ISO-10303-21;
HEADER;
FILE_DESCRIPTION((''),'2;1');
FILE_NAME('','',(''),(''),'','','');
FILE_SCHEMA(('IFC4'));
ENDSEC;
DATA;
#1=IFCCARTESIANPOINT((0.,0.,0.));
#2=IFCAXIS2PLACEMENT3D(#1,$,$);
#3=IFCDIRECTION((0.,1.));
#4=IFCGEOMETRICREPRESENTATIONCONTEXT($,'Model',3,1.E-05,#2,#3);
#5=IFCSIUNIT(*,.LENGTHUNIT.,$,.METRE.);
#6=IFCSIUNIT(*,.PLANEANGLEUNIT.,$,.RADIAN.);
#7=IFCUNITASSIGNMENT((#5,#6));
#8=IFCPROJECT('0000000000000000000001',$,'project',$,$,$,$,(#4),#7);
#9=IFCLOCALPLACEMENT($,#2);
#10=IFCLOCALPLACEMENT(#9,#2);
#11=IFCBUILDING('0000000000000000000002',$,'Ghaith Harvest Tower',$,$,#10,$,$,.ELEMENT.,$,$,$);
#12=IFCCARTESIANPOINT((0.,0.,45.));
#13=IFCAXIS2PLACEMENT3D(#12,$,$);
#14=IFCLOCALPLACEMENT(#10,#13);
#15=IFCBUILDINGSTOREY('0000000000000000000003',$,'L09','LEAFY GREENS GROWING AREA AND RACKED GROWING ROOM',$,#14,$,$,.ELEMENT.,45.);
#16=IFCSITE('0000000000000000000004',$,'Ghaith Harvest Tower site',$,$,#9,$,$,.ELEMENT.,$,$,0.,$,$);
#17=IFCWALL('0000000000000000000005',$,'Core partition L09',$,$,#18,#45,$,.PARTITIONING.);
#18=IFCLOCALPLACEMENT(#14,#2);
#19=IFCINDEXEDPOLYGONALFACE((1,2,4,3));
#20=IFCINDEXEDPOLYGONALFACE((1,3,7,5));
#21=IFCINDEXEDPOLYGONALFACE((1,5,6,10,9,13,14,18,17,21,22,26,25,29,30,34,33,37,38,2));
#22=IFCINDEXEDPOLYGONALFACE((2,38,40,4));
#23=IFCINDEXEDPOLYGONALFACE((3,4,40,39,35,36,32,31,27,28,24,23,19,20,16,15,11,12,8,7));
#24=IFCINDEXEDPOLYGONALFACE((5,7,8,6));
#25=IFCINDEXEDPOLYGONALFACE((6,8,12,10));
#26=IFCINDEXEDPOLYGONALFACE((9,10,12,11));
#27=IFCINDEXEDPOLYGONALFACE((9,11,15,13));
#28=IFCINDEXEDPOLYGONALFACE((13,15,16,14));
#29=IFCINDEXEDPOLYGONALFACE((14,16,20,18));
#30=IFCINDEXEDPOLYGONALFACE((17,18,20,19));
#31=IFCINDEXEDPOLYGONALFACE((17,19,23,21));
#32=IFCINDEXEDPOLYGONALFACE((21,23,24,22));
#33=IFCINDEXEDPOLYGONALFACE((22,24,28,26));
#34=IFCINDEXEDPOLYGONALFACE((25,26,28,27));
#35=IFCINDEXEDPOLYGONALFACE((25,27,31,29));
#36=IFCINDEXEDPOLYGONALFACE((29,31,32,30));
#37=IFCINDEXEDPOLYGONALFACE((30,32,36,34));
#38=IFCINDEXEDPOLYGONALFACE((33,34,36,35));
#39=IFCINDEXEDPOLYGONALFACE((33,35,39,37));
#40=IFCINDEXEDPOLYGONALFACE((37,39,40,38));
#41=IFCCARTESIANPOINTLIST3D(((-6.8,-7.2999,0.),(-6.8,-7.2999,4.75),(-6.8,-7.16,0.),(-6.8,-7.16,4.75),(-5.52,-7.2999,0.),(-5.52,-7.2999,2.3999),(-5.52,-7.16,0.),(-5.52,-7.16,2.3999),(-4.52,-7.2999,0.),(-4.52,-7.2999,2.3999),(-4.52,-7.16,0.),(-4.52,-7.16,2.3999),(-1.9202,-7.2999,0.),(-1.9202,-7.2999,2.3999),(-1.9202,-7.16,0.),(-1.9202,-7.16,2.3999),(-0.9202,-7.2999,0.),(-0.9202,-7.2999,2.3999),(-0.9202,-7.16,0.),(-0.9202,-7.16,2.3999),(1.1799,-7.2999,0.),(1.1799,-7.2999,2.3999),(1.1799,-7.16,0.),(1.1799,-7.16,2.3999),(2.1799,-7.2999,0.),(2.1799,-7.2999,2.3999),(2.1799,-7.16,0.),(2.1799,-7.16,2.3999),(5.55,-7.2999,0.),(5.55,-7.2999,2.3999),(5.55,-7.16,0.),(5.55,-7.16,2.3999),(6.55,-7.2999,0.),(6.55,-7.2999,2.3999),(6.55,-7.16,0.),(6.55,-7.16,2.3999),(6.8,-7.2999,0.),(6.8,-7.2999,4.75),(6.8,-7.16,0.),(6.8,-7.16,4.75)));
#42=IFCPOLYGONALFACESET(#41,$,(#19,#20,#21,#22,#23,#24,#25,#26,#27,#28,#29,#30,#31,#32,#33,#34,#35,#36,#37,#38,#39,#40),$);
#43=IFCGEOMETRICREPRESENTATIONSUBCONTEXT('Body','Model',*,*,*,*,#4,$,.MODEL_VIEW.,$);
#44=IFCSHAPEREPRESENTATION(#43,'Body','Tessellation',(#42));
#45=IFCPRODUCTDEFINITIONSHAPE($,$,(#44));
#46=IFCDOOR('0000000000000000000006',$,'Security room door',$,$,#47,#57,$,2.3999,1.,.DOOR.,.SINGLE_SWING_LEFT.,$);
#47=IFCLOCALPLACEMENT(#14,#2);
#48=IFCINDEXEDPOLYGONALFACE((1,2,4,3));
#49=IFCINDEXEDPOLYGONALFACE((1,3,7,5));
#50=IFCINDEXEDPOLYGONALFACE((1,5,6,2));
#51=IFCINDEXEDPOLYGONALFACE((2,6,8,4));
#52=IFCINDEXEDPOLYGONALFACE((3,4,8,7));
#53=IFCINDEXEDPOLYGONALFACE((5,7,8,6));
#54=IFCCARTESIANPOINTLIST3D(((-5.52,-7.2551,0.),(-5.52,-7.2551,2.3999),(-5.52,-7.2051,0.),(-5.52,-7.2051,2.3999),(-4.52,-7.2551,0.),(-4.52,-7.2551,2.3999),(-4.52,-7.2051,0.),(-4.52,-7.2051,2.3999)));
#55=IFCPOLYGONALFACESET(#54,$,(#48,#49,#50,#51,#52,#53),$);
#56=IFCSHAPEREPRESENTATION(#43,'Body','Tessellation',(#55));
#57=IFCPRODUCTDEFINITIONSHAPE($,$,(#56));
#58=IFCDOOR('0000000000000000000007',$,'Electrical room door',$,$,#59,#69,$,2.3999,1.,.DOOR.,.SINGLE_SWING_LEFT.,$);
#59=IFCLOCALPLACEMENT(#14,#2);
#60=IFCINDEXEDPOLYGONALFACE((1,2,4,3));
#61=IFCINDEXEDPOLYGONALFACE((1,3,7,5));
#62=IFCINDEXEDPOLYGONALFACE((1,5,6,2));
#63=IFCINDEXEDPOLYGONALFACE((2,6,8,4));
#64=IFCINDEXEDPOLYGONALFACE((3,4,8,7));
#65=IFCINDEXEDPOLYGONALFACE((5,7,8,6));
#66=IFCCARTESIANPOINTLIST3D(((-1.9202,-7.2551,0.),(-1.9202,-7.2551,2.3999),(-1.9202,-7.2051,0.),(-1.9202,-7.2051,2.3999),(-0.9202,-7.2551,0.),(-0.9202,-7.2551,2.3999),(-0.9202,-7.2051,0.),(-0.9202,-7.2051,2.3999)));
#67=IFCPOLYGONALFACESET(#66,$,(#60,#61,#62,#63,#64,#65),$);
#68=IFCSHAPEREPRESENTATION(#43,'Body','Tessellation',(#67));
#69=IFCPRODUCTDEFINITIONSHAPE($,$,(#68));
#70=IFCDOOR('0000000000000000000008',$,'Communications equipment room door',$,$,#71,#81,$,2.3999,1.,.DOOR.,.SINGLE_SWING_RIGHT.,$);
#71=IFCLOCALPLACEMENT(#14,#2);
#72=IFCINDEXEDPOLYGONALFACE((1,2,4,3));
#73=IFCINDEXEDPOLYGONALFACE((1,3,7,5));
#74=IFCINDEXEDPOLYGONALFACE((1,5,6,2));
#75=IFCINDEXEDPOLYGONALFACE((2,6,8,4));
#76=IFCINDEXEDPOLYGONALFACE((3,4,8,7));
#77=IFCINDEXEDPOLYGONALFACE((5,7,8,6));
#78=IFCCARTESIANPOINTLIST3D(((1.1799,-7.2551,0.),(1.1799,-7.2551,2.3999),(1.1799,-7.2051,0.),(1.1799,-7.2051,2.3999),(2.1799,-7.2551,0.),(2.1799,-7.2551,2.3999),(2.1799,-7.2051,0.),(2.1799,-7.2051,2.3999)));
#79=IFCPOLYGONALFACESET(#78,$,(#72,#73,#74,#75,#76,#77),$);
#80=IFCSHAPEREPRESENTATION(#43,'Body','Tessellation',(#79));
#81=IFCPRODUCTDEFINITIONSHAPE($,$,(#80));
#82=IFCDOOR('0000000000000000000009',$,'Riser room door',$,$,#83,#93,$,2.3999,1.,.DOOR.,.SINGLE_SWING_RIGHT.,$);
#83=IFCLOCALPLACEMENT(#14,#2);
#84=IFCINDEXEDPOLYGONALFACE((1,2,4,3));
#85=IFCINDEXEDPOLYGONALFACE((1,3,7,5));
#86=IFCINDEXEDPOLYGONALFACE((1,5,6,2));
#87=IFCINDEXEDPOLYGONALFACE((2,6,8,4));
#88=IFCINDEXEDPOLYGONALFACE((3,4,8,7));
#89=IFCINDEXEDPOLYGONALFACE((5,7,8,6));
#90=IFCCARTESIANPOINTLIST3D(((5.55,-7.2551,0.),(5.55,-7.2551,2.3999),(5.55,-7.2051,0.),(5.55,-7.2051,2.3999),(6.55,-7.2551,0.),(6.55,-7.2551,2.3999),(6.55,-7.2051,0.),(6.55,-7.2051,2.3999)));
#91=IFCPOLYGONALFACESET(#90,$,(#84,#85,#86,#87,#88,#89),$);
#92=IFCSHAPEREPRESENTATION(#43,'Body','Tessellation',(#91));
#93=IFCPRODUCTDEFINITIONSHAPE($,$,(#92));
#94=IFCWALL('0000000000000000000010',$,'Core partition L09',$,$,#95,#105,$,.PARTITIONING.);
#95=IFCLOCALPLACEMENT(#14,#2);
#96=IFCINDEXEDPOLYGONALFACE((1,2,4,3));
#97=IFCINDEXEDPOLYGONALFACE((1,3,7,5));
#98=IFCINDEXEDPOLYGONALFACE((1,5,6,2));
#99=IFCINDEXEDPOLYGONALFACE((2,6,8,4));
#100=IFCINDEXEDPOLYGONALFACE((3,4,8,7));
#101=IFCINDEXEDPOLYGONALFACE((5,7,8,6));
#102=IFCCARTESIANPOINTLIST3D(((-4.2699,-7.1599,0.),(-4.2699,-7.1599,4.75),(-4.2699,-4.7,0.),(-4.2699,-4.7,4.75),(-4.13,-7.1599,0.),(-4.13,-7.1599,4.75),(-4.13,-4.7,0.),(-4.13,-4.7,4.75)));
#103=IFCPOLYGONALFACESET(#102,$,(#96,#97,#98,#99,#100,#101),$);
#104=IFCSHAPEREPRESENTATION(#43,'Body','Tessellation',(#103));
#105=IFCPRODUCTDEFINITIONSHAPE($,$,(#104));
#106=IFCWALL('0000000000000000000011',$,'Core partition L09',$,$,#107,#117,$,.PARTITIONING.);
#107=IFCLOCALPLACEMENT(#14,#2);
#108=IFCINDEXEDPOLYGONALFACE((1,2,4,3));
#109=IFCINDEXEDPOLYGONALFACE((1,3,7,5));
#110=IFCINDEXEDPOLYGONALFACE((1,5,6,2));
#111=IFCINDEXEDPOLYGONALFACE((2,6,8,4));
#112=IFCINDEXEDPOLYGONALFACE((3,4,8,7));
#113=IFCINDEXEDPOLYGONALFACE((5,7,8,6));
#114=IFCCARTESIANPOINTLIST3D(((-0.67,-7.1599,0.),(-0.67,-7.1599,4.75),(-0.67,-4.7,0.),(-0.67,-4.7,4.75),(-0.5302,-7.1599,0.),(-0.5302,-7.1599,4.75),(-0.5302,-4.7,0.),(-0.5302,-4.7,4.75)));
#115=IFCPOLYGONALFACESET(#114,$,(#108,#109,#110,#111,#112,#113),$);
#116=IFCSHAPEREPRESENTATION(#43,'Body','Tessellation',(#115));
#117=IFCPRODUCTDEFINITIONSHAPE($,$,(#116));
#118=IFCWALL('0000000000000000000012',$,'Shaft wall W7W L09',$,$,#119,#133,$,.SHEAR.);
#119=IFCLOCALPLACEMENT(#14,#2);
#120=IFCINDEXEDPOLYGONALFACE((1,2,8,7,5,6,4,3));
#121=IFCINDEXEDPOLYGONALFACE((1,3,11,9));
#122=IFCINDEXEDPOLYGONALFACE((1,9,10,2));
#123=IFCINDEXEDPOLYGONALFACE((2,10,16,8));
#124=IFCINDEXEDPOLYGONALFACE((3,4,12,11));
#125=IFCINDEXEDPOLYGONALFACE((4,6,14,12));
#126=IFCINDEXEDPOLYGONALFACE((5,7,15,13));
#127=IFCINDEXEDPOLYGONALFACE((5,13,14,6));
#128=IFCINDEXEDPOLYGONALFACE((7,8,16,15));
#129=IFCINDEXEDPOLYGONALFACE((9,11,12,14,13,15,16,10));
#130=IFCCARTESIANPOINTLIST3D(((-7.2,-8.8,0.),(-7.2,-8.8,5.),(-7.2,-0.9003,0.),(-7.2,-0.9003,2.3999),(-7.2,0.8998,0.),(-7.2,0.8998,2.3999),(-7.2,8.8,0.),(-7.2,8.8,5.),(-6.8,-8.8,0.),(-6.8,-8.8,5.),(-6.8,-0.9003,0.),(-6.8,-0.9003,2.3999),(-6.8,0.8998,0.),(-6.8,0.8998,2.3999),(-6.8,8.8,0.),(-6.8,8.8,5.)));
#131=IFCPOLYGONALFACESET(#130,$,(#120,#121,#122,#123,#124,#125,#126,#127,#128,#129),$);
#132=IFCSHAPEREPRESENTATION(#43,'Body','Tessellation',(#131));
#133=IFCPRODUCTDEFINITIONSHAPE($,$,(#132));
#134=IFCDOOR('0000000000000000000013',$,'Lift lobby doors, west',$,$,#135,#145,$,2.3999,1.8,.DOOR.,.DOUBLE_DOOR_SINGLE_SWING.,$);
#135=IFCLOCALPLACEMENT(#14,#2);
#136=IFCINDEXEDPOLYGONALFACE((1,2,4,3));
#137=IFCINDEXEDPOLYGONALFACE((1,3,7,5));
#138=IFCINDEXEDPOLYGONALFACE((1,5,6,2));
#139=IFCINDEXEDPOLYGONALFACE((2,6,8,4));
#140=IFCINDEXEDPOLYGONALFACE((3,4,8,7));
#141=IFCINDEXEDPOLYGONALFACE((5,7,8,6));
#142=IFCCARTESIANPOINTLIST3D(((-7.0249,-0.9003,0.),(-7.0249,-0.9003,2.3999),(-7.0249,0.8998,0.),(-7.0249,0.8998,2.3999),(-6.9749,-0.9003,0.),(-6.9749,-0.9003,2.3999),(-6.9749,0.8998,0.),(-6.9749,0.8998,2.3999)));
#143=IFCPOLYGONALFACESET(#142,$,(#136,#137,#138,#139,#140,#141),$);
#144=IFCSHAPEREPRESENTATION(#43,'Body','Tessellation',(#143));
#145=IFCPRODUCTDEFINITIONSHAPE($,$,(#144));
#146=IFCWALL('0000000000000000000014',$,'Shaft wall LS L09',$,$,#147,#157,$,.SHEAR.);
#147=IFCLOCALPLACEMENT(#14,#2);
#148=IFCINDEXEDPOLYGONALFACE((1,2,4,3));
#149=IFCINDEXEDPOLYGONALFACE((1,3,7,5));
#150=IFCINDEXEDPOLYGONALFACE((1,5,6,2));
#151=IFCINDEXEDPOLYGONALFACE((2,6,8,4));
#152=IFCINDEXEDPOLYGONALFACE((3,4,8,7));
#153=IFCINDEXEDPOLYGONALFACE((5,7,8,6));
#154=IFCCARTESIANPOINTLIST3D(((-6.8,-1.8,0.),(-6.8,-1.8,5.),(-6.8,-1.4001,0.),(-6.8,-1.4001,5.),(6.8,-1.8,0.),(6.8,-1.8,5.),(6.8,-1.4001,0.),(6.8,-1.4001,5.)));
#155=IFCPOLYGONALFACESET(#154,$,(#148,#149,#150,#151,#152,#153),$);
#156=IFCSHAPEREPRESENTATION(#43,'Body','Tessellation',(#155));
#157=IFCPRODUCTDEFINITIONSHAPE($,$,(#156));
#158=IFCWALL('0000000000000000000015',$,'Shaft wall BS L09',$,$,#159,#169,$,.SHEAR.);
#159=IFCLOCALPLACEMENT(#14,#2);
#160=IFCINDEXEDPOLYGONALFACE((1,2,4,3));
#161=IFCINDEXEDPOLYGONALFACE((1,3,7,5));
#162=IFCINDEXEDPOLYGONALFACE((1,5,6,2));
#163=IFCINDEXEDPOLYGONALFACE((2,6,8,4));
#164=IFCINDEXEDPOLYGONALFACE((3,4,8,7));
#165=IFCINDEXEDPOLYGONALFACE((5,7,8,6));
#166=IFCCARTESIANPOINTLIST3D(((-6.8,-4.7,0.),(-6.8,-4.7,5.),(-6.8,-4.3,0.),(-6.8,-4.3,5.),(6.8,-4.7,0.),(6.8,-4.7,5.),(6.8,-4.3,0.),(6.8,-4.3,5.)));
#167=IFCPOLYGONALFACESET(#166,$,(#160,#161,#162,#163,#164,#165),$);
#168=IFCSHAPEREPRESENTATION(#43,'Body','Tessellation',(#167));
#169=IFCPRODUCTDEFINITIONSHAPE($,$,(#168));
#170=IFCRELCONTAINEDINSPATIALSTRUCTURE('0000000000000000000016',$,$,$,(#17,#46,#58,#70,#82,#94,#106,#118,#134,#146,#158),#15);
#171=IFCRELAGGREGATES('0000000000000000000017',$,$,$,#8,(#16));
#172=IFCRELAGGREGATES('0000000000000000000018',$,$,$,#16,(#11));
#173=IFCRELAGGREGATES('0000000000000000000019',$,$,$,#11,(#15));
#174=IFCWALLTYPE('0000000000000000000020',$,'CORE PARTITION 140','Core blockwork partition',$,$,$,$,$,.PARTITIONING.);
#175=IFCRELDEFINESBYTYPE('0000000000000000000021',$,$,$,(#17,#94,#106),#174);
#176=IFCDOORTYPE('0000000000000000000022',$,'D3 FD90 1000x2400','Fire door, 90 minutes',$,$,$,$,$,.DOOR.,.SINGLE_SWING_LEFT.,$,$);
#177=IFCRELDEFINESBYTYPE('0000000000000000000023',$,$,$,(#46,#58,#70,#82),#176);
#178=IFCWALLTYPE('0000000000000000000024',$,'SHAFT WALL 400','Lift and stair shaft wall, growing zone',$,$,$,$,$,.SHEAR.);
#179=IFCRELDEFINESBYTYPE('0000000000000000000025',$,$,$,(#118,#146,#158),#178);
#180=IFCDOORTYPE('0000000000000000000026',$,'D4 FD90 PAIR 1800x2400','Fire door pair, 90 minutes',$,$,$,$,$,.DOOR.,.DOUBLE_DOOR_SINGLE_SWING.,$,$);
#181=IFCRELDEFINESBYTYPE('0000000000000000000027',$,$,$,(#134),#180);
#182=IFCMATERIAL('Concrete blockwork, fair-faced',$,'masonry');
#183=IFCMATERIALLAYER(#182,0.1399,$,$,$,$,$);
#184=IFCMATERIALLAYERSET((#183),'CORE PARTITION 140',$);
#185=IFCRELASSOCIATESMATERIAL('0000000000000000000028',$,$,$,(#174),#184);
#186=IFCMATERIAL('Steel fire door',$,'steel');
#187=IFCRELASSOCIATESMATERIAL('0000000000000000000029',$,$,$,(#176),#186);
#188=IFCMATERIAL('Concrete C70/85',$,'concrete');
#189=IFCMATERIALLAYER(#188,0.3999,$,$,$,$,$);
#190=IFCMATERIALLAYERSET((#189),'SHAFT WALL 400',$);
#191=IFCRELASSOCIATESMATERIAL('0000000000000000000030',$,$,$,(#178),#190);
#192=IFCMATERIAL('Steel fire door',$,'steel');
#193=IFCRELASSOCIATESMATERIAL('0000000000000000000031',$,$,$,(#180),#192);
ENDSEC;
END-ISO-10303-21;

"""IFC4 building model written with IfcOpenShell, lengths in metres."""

from ifc_helpers import new_model, si_unit, direction, frame, frame_2d, origin, place, context, subcontext, project, spatial, rectangle, extrude, material, layer, layer_set, type_object, element, fill, save


model = new_model("IFC4")

# Units and contexts
model_context = context("Model", 3, precision=1e-05, world=origin(), true_north=direction((0.0, 1.0)))
body_context = subcontext(model_context, "Body", "Model", "MODEL_VIEW")
ifc_project = project(units=[si_unit("LENGTHUNIT", "METRE"), si_unit("PLANEANGLEUNIT", "RADIAN")], contexts=[model_context])

# Site, building, storey
site_placement = place(None, origin())
site = spatial("IfcSite", under=ifc_project, at=site_placement, Name="Ghaith Harvest Tower site", CompositionType="ELEMENT", RefElevation=0.0)
building_placement = place(site_placement, origin())
building = spatial("IfcBuilding", under=site, at=building_placement, Name="Ghaith Harvest Tower", CompositionType="ELEMENT")
storey_placement = place(building_placement, frame((0.0, 0.0, 45.0)))
storey = spatial("IfcBuildingStorey", under=building, at=storey_placement, Name="L09", Description="LEAFY GREENS GROWING AREA AND RACKED GROWING ROOM", CompositionType="ELEMENT", Elevation=45.0)

# Wall, openings, doors
ifc_material_1 = material(Name="Concrete blockwork, fair-faced", Category="masonry")
ifc_layer_1 = layer(ifc_material_1, 0.1399)
ifc_layer_set_1 = layer_set([ifc_layer_1], Name="CORE PARTITION 140")
wall_type_1 = type_object("IfcWallType", Name="CORE PARTITION 140", Description="Core blockwork partition", PredefinedType="PARTITIONING", material=ifc_layer_set_1)
wall_1_placement = place(storey_placement, frame((-6.8, -7.23, 0.0), z_axis=(0.0, 0.0, 1.0), x_axis=(1.0, 0.0, 0.0)))
wall_1 = element("IfcWall", 1, at=wall_1_placement, inside=storey, type_object=wall_type_1, Name="Core partition L09", PredefinedType="PARTITIONING", context=body_context, shape_type="SweptSolid", body=[
    extrude(rectangle(XDim=13.6001, YDim=0.1399, at=frame_2d((6.8, 0.0))), origin(), (0.0, 0.0, 1.0), 4.75),
])
opening_1_placement = place(wall_1_placement, frame((1.28, 0.0, 0.0)))
opening_1 = element("IfcOpeningElement", 2, at=opening_1_placement, cuts=wall_1, PredefinedType="OPENING", context=body_context, shape_type="SweptSolid", body=[
    extrude(rectangle(XDim=1.0, YDim=2.3999, at=frame_2d((0.5, 1.2))), frame((0.0, 0.0801, 0.0), z_axis=(0.0, -1.0, 0.0), x_axis=(1.0, 0.0, 0.0)), (0.0, 0.0, 1.0), 0.1599),
])
opening_2_placement = place(wall_1_placement, frame((4.8799, 0.0, 0.0)))
opening_2 = element("IfcOpeningElement", 3, at=opening_2_placement, cuts=wall_1, PredefinedType="OPENING", context=body_context, shape_type="SweptSolid", body=[
    extrude(rectangle(XDim=1.0, YDim=2.3999, at=frame_2d((0.5, 1.2))), frame((0.0, 0.0801, 0.0), z_axis=(0.0, -1.0, 0.0), x_axis=(1.0, 0.0, 0.0)), (0.0, 0.0, 1.0), 0.1599),
])
opening_3_placement = place(wall_1_placement, frame((7.98, 0.0, 0.0)))
opening_3 = element("IfcOpeningElement", 4, at=opening_3_placement, cuts=wall_1, PredefinedType="OPENING", context=body_context, shape_type="SweptSolid", body=[
    extrude(rectangle(XDim=1.0, YDim=2.3999, at=frame_2d((0.5, 1.2))), frame((0.0, 0.0801, 0.0), z_axis=(0.0, -1.0, 0.0), x_axis=(1.0, 0.0, 0.0)), (0.0, 0.0, 1.0), 0.1599),
])
opening_4_placement = place(wall_1_placement, frame((12.3501, 0.0, 0.0)))
opening_4 = element("IfcOpeningElement", 5, at=opening_4_placement, cuts=wall_1, PredefinedType="OPENING", context=body_context, shape_type="SweptSolid", body=[
    extrude(rectangle(XDim=1.0, YDim=2.3999, at=frame_2d((0.5, 1.2))), frame((0.0, 0.0801, 0.0), z_axis=(0.0, -1.0, 0.0), x_axis=(1.0, 0.0, 0.0)), (0.0, 0.0, 1.0), 0.1599),
])
ifc_material_2 = material(Name="Steel fire door", Category="steel")
door_type_1 = type_object("IfcDoorType", Name="D3 FD90 1000x2400", Description="Fire door, 90 minutes", OperationType="SINGLE_SWING_LEFT", PredefinedType="DOOR", material=ifc_material_2)
door_1_placement = place(opening_1_placement, origin())
door_1 = element("IfcDoor", 6, at=door_1_placement, inside=storey, type_object=door_type_1, Name="Security room door", OperationType="SINGLE_SWING_LEFT", OverallHeight=2.3999, OverallWidth=1.0, PredefinedType="DOOR", context=body_context, shape_type="SweptSolid", body=[
    extrude(rectangle(XDim=1.0, YDim=2.3999, at=frame_2d((0.5, 1.2))), frame((0.0, 0.0249, 0.0), z_axis=(0.0, -1.0, 0.0), x_axis=(1.0, 0.0, 0.0)), (0.0, 0.0, 1.0), 0.05),
])
fill(opening_1, door_1)
door_2_placement = place(opening_2_placement, origin())
door_2 = element("IfcDoor", 7, at=door_2_placement, inside=storey, type_object=door_type_1, Name="Electrical room door", OperationType="SINGLE_SWING_LEFT", OverallHeight=2.3999, OverallWidth=1.0, PredefinedType="DOOR", context=body_context, shape_type="SweptSolid", body=[
    extrude(rectangle(XDim=1.0, YDim=2.3999, at=frame_2d((0.5, 1.2))), frame((0.0, 0.0249, 0.0), z_axis=(0.0, -1.0, 0.0), x_axis=(1.0, 0.0, 0.0)), (0.0, 0.0, 1.0), 0.05),
])
fill(opening_2, door_2)
door_3_placement = place(opening_3_placement, origin())
door_3 = element("IfcDoor", 8, at=door_3_placement, inside=storey, type_object=door_type_1, Name="Communications equipment room door", OperationType="SINGLE_SWING_RIGHT", OverallHeight=2.3999, OverallWidth=1.0, PredefinedType="DOOR", context=body_context, shape_type="SweptSolid", body=[
    extrude(rectangle(XDim=1.0, YDim=2.3999, at=frame_2d((0.5, 1.2))), frame((0.0, 0.0249, 0.0), z_axis=(0.0, -1.0, 0.0), x_axis=(1.0, 0.0, 0.0)), (0.0, 0.0, 1.0), 0.05),
])
fill(opening_3, door_3)
door_4_placement = place(opening_4_placement, origin())
door_4 = element("IfcDoor", 9, at=door_4_placement, inside=storey, type_object=door_type_1, Name="Riser room door", OperationType="SINGLE_SWING_RIGHT", OverallHeight=2.3999, OverallWidth=1.0, PredefinedType="DOOR", context=body_context, shape_type="SweptSolid", body=[
    extrude(rectangle(XDim=1.0, YDim=2.3999, at=frame_2d((0.5, 1.2))), frame((0.0, 0.0249, 0.0), z_axis=(0.0, -1.0, 0.0), x_axis=(1.0, 0.0, 0.0)), (0.0, 0.0, 1.0), 0.05),
])
fill(opening_4, door_4)

# Walls
for number, where, z_axis, x_axis, name in (
    (10, (-4.2, -4.7, 0.0), (0.0, 0.0, 1.0), (0.0, -1.0, 0.0), "Core partition L09"),
    (11, (-0.6001, -4.7, 0.0), (0.0, 0.0, 1.0), (0.0, -1.0, 0.0), "Core partition L09"),
):
    element("IfcWall", number, at=place(storey_placement, frame(where, z_axis=z_axis, x_axis=x_axis)), inside=storey, type_object=wall_type_1, Name=name, PredefinedType="PARTITIONING", context=body_context, shape_type="SweptSolid", body=[
        extrude(rectangle(XDim=2.46, YDim=0.1399, at=frame_2d((1.23, 0.0))), origin(), (0.0, 0.0, 1.0), 4.75),
    ])

# Wall, opening, door
ifc_material_3 = material(Name="Concrete C70/85", Category="concrete")
ifc_layer_2 = layer(ifc_material_3, 0.3999)
ifc_layer_set_2 = layer_set([ifc_layer_2], Name="SHAFT WALL 400")
wall_type_2 = type_object("IfcWallType", Name="SHAFT WALL 400", Description="Lift and stair shaft wall, growing zone", PredefinedType="SHEAR", material=ifc_layer_set_2)
wall_2_placement = place(storey_placement, frame((-7.0, -8.8, 0.0), z_axis=(0.0, 0.0, 1.0), x_axis=(0.0, 1.0, 0.0)))
wall_2 = element("IfcWall", 12, at=wall_2_placement, inside=storey, type_object=wall_type_2, Name="Shaft wall W7W L09", PredefinedType="SHEAR", context=body_context, shape_type="SweptSolid", body=[
    extrude(rectangle(XDim=17.6001, YDim=0.3999, at=frame_2d((8.8, 0.0))), origin(), (0.0, 0.0, 1.0), 5.0),
])
opening_5_placement = place(wall_2_placement, frame((7.8999, 0.0, 0.0)))
opening_5 = element("IfcOpeningElement", 13, at=opening_5_placement, cuts=wall_2, PredefinedType="OPENING", context=body_context, shape_type="SweptSolid", body=[
    extrude(rectangle(XDim=1.8, YDim=2.3999, at=frame_2d((0.8999, 1.2))), frame((0.0, 0.21, 0.0), z_axis=(0.0, -1.0, 0.0), x_axis=(1.0, 0.0, 0.0)), (0.0, 0.0, 1.0), 0.4199),
])
ifc_material_4 = material(Name="Steel fire door", Category="steel")
door_type_2 = type_object("IfcDoorType", Name="D4 FD90 PAIR 1800x2400", Description="Fire door pair, 90 minutes", OperationType="DOUBLE_DOOR_SINGLE_SWING", PredefinedType="DOOR", material=ifc_material_4)
door_5_placement = place(opening_5_placement, origin())
door_5 = element("IfcDoor", 14, at=door_5_placement, inside=storey, type_object=door_type_2, Name="Lift lobby doors, west", OperationType="DOUBLE_DOOR_SINGLE_SWING", OverallHeight=2.3999, OverallWidth=1.8, PredefinedType="DOOR", context=body_context, shape_type="SweptSolid", body=[
    extrude(rectangle(XDim=1.8, YDim=2.3999, at=frame_2d((0.8999, 1.2))), frame((0.0, 0.0249, 0.0), z_axis=(0.0, -1.0, 0.0), x_axis=(1.0, 0.0, 0.0)), (0.0, 0.0, 1.0), 0.05),
])
fill(opening_5, door_5)

# Walls
for number, where, z_axis, x_axis, name in (
    (15, (-6.8, -1.6001, 0.0), (0.0, 0.0, 1.0), (1.0, 0.0, 0.0), "Shaft wall LS L09"),
    (16, (-6.8, -4.5, 0.0), (0.0, 0.0, 1.0), (1.0, 0.0, 0.0), "Shaft wall BS L09"),
):
    element("IfcWall", number, at=place(storey_placement, frame(where, z_axis=z_axis, x_axis=x_axis)), inside=storey, type_object=wall_type_2, Name=name, PredefinedType="SHEAR", context=body_context, shape_type="SweptSolid", body=[
        extrude(rectangle(XDim=13.6001, YDim=0.3999, at=frame_2d((6.8, 0.0))), origin(), (0.0, 0.0, 1.0), 5.0),
    ])

save(model, "model.ifc")
